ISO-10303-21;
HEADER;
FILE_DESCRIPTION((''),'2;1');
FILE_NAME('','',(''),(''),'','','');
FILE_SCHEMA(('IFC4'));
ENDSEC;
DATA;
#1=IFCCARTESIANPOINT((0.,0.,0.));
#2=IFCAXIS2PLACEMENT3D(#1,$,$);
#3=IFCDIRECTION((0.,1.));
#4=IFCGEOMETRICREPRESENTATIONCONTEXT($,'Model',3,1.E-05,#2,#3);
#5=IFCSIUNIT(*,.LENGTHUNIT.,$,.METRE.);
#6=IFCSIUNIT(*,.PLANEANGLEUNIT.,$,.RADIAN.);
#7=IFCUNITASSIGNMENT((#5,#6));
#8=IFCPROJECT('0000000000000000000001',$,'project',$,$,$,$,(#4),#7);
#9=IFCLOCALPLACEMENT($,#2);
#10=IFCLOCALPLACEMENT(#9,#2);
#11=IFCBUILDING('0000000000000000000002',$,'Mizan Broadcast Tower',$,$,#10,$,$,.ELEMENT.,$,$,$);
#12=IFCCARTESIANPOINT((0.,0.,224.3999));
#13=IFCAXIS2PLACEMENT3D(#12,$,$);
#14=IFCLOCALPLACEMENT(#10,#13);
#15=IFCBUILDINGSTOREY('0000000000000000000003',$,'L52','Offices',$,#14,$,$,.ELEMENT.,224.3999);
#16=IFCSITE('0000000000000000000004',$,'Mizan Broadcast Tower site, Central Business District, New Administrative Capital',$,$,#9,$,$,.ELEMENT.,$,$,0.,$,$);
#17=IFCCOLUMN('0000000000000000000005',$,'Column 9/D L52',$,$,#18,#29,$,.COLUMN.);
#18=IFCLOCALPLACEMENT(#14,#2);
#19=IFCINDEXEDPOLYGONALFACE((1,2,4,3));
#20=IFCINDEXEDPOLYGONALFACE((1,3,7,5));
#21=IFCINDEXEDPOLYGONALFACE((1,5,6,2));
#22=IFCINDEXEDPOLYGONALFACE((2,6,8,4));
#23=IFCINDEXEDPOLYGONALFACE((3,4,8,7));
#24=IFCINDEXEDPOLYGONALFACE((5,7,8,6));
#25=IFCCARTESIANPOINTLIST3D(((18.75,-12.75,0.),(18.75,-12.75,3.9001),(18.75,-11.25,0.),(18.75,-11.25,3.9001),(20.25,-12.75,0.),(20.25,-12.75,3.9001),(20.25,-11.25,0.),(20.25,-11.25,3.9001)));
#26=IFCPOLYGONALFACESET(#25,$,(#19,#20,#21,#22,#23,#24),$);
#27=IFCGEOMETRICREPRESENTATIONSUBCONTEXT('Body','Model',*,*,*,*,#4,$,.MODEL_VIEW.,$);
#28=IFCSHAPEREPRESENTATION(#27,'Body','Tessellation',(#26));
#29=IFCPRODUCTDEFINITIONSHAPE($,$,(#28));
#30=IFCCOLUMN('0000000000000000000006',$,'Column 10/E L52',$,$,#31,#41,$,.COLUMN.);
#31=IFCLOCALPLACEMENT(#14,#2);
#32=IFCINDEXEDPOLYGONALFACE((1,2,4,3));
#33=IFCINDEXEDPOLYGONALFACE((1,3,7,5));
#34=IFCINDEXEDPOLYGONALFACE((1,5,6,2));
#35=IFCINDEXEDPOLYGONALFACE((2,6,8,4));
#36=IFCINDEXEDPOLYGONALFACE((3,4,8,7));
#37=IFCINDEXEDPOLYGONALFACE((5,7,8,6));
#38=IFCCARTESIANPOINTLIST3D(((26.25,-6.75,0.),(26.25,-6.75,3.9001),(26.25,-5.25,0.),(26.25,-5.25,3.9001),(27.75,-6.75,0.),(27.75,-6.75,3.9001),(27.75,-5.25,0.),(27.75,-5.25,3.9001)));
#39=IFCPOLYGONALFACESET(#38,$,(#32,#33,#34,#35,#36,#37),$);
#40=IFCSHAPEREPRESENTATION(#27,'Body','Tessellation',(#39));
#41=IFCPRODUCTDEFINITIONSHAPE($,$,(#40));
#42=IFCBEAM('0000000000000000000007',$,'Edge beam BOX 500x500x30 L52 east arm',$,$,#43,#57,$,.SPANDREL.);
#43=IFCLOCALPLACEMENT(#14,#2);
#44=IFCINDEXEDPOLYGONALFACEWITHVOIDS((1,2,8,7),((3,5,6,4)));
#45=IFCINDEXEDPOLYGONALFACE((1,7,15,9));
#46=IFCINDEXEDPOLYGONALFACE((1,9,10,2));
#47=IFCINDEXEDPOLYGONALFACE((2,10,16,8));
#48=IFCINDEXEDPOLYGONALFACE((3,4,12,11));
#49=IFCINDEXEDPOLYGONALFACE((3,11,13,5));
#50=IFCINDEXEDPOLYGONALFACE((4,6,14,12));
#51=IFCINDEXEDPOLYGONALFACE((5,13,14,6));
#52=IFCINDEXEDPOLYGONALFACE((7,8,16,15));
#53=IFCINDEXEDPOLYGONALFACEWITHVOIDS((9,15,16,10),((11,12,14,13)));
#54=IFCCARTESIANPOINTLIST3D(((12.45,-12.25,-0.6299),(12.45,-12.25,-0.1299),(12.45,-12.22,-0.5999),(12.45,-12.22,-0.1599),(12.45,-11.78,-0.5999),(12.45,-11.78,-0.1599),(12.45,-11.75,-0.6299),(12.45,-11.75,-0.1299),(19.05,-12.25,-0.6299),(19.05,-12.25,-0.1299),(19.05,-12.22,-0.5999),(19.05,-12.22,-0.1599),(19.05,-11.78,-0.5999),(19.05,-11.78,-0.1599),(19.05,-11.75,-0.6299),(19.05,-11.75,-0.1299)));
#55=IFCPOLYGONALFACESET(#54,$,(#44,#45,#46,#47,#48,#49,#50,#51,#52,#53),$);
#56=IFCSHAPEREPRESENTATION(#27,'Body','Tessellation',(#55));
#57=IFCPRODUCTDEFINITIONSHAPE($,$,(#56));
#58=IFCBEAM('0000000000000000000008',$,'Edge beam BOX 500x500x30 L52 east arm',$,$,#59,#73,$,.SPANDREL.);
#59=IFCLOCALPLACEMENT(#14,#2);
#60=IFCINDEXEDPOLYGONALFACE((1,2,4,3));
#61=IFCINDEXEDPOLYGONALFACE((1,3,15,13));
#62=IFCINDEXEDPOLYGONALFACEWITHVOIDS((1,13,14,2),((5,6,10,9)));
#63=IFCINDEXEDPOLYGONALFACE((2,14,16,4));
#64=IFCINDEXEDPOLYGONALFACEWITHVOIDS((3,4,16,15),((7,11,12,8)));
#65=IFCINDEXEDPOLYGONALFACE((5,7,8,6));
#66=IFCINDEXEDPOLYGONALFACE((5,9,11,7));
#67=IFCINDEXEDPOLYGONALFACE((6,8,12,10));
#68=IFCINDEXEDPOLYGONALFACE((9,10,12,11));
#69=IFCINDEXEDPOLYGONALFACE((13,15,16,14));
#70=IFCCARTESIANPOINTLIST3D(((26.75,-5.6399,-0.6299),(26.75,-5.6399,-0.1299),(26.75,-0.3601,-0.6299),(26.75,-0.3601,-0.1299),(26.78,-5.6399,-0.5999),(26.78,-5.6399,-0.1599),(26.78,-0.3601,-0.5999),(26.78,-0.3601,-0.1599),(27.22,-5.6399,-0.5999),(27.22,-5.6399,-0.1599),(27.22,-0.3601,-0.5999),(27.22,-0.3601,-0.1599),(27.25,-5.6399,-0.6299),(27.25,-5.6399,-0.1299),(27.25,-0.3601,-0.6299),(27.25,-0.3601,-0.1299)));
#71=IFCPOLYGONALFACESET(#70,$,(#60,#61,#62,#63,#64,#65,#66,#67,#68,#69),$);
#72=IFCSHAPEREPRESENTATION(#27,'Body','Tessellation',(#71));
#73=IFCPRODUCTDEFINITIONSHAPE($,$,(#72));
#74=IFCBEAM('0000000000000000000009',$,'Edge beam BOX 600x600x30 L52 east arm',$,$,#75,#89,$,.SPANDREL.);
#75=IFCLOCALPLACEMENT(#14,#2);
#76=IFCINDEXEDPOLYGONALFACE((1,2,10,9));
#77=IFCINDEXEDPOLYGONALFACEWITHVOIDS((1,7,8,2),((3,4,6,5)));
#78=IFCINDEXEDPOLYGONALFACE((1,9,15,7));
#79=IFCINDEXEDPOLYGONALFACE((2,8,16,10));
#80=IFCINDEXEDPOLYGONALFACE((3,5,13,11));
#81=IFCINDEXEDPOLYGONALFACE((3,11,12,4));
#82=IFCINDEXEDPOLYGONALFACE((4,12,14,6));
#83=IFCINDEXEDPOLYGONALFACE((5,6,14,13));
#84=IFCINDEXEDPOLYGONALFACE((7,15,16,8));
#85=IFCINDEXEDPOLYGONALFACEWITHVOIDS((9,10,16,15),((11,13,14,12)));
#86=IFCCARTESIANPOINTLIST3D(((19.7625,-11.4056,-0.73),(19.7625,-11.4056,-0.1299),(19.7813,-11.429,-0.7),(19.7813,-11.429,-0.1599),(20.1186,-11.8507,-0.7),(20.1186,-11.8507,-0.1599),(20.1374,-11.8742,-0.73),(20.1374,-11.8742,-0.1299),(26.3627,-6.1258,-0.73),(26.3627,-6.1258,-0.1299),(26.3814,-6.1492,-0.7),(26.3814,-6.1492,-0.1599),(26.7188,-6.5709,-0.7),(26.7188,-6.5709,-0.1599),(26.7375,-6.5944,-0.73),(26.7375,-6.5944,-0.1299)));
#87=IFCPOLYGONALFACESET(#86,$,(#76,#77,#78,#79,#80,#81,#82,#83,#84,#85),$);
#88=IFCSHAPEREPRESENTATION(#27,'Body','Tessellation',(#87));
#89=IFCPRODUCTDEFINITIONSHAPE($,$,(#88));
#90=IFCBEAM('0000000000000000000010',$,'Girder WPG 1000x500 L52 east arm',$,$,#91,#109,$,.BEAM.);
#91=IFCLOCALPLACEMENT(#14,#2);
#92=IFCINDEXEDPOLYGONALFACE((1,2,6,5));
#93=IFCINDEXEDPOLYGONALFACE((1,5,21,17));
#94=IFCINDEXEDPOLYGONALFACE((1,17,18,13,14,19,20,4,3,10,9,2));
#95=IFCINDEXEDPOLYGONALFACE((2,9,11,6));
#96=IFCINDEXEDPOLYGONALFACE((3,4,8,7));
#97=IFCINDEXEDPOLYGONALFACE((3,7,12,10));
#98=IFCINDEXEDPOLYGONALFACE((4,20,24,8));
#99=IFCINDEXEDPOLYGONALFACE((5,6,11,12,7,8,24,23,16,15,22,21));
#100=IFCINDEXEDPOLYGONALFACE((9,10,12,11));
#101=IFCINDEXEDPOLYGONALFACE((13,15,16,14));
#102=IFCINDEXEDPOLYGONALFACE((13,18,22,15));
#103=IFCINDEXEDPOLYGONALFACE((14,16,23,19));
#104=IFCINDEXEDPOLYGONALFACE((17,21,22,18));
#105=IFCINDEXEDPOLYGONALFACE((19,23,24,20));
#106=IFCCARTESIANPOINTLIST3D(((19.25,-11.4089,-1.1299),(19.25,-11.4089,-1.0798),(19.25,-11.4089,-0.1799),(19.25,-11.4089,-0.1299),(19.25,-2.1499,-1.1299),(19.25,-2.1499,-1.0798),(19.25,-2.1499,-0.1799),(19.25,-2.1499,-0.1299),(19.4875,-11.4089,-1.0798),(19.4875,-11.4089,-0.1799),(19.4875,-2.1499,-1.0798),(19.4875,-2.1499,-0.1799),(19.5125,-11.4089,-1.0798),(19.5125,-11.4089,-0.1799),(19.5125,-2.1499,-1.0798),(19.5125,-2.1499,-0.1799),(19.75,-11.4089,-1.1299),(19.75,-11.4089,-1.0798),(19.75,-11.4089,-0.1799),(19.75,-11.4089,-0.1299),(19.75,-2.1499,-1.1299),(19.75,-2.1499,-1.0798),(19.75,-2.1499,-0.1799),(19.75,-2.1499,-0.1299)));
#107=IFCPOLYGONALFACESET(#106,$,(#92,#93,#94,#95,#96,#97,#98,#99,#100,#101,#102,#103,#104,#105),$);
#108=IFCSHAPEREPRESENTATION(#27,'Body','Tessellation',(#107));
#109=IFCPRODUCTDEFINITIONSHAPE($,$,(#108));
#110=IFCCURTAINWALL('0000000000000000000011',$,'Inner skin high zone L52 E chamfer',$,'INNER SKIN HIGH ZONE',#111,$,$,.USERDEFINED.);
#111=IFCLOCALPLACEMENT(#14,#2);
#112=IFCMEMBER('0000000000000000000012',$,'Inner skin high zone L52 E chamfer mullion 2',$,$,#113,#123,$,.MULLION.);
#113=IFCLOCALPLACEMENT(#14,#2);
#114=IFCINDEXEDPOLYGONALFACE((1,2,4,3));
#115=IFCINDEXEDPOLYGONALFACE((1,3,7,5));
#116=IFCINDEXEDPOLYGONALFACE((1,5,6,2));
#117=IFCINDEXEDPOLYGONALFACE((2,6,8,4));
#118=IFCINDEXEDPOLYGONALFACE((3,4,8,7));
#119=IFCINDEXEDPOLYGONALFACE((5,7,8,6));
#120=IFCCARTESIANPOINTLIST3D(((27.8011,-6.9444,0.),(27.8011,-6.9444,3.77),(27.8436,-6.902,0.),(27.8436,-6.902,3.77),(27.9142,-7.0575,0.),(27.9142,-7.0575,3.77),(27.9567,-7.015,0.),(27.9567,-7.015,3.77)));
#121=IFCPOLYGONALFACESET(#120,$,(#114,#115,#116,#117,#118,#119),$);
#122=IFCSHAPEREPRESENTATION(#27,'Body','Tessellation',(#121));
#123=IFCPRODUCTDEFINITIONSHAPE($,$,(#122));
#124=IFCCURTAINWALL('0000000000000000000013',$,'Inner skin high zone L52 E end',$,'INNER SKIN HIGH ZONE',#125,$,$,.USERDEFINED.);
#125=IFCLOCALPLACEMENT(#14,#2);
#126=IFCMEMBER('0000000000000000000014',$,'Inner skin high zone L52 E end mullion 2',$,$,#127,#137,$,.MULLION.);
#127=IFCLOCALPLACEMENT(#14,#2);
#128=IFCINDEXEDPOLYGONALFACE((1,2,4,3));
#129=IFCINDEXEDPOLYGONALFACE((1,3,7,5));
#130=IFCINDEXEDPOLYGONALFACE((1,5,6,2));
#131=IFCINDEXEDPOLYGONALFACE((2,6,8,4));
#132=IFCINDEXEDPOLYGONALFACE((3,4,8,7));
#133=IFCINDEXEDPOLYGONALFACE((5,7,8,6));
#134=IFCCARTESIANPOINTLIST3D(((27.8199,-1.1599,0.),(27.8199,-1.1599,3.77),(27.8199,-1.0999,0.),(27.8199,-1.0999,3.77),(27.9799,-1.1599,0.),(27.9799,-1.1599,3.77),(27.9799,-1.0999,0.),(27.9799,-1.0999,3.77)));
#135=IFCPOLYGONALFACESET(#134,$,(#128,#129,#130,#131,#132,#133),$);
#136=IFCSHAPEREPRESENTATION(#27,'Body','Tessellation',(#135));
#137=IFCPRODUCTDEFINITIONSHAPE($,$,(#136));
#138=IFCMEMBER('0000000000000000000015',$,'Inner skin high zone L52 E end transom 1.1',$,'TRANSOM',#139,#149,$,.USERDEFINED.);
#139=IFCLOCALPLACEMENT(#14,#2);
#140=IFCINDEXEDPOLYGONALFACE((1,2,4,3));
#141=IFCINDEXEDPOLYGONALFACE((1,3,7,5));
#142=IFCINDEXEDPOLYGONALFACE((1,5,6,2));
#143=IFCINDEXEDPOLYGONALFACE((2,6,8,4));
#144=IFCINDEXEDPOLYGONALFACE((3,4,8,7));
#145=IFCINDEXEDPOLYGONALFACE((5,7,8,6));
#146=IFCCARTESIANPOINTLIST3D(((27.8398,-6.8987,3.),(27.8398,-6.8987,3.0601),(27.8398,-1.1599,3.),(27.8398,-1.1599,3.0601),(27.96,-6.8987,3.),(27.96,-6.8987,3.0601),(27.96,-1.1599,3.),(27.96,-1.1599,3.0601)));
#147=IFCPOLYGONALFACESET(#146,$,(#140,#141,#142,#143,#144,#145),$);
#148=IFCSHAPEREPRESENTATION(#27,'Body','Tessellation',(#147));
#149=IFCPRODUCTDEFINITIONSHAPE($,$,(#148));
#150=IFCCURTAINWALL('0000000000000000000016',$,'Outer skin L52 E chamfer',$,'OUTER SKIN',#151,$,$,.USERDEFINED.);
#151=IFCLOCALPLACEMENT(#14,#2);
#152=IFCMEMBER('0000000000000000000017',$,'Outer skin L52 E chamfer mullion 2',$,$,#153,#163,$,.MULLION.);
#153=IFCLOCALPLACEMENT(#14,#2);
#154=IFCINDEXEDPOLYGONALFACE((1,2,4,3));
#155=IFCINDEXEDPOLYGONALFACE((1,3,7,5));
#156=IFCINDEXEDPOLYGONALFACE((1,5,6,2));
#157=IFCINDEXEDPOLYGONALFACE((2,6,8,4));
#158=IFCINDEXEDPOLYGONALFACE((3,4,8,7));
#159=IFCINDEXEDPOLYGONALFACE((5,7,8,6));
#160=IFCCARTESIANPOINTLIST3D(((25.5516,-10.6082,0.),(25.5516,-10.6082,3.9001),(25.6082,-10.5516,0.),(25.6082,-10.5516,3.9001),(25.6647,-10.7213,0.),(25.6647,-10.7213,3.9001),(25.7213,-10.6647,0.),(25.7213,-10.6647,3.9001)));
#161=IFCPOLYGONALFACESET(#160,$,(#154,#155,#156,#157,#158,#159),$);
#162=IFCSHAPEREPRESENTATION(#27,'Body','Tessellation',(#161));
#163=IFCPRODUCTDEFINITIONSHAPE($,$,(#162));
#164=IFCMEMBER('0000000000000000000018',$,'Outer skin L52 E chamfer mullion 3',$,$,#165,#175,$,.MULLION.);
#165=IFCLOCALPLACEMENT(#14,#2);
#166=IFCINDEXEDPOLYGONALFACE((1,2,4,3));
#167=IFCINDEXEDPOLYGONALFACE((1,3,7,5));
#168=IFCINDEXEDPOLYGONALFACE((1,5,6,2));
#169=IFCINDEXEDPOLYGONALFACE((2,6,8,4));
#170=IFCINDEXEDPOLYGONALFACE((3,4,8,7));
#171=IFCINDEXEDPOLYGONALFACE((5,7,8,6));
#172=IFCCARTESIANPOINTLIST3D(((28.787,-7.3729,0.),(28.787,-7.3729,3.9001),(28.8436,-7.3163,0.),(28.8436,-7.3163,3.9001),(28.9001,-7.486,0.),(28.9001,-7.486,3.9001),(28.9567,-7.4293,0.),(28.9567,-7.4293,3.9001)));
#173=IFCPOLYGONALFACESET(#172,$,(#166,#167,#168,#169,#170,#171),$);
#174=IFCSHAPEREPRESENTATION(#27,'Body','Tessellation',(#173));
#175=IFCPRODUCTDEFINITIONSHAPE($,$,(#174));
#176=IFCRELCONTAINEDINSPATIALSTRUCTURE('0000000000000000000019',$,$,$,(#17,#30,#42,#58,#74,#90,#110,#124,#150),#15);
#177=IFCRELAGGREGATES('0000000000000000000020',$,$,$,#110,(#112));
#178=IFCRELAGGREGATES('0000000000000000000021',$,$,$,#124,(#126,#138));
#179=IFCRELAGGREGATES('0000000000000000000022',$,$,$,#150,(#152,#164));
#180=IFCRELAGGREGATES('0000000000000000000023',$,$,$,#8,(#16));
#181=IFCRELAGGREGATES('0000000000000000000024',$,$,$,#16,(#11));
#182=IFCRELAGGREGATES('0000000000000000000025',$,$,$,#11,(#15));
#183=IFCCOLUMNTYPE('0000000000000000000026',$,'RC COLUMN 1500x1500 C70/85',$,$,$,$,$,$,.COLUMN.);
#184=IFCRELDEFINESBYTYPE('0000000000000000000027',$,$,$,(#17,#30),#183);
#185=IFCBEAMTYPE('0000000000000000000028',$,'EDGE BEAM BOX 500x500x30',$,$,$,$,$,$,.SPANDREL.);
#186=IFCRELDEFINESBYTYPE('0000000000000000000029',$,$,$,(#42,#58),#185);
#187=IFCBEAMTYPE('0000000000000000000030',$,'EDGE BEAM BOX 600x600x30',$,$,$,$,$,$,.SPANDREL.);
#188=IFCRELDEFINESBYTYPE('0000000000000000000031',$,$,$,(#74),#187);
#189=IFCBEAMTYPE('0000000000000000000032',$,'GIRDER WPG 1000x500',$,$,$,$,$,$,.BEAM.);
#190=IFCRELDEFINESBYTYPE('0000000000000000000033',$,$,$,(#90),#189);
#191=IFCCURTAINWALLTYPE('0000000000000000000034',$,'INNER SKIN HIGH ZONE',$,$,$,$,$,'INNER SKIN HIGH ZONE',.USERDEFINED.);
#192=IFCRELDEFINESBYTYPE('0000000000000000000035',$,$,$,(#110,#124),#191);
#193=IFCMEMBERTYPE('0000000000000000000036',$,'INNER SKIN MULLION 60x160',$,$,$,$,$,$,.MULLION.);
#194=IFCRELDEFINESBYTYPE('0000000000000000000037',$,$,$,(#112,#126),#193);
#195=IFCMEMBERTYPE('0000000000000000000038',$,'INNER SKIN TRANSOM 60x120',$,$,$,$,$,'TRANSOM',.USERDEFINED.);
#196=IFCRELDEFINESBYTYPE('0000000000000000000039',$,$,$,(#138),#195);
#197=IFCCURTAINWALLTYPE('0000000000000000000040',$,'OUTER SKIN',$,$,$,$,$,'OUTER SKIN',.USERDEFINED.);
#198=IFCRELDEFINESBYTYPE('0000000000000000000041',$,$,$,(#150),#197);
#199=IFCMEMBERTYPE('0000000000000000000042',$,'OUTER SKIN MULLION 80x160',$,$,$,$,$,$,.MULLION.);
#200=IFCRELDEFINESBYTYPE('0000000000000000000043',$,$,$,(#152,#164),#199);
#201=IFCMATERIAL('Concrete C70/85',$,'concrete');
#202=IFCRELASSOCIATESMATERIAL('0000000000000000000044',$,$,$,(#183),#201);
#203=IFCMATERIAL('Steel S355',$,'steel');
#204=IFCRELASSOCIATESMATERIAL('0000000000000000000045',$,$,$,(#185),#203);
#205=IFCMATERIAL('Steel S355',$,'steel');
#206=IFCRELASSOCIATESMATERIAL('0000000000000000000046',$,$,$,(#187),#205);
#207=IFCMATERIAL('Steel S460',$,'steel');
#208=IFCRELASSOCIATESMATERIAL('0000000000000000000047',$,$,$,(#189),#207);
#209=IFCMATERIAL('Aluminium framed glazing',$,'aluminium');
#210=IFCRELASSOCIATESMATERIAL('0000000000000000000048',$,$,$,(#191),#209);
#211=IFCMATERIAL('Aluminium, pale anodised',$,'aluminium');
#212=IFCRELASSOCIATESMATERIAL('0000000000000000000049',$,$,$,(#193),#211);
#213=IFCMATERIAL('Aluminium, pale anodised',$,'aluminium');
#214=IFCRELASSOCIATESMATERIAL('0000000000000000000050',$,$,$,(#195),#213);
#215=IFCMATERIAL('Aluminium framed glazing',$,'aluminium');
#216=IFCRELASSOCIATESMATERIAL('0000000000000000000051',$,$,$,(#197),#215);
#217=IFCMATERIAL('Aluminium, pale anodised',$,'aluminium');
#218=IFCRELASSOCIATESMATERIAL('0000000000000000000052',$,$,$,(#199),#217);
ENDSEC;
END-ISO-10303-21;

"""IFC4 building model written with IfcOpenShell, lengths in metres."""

from ifc_helpers import new_model, si_unit, direction, frame, origin, origin_2d, place, context, subcontext, project, spatial, rectangle, hollow_rectangle, i_section, extrude, material, material_profile, profile_set, type_object, element, aggregate, save


model = new_model("IFC4")

# Units and contexts
model_context = context("Model", 3, precision=1e-05, world=origin(), true_north=direction((0.0, 1.0)))
body_context = subcontext(model_context, "Body", "Model", "MODEL_VIEW")
ifc_project = project(units=[si_unit("LENGTHUNIT", "METRE"), si_unit("PLANEANGLEUNIT", "RADIAN")], contexts=[model_context])

# Site, building, storey
site_placement = place(None, origin())
site = spatial("IfcSite", under=ifc_project, at=site_placement, Name="Mizan Broadcast Tower site, Central Business District, New Administrative Capital", CompositionType="ELEMENT", RefElevation=0.0)
building_placement = place(site_placement, origin())
building = spatial("IfcBuilding", under=site, at=building_placement, Name="Mizan Broadcast Tower", CompositionType="ELEMENT")
storey_placement = place(building_placement, frame((0.0, 0.0, 224.3999)))
storey = spatial("IfcBuildingStorey", under=building, at=storey_placement, Name="L52", Description="Offices", CompositionType="ELEMENT", Elevation=224.3999)

# Columns
ifc_material_1 = material(Name="Concrete C70/85", Category="concrete")
ifc_material_profile_1 = material_profile(ifc_material_1, rectangle(XDim=1.5, YDim=1.5, at=origin_2d()), Name="RC 1500x1500")
ifc_profile_set_1 = profile_set([ifc_material_profile_1], Name="Concrete C70/85")
column_type = type_object("IfcColumnType", Name="RC COLUMN 1500x1500 C70/85", PredefinedType="COLUMN", material=ifc_profile_set_1)
for number, where, z_axis, x_axis, name in (
    (1, (19.5, -12.0, 0.0), (0.0, 0.0, 1.0), (1.0, 0.0, 0.0), "Column 9/D L52"),
    (2, (27.0, -6.0, 0.0), (0.0, 0.0, 1.0), (1.0, 0.0, 0.0), "Column 10/E L52"),
):
    element("IfcColumn", number, at=place(storey_placement, frame(where, z_axis=z_axis, x_axis=x_axis)), inside=storey, type_object=column_type, Name=name, PredefinedType="COLUMN", context=body_context, shape_type="SweptSolid", body=[
        extrude(rectangle(XDim=1.5, YDim=1.5, at=origin_2d()), origin(), (0.0, 0.0, 1.0), 3.9001),
    ])

# Beams
ifc_material_2 = material(Name="Steel S355", Category="steel")
ifc_material_profile_2 = material_profile(ifc_material_2, hollow_rectangle(XDim=0.5, YDim=0.5, WallThickness=0.03, at=origin_2d()), Name="BOX 500x500x30")
ifc_profile_set_2 = profile_set([ifc_material_profile_2], Name="Steel S355")
beam_type_1 = type_object("IfcBeamType", Name="EDGE BEAM BOX 500x500x30", PredefinedType="SPANDREL", material=ifc_profile_set_2)
beam_1_placement = place(storey_placement, frame((12.45, -12.0, -0.3799), z_axis=(1.0, 0.0, 0.0), x_axis=(0.0, 1.0, 0.0)))
element("IfcBeam", 3, at=beam_1_placement, inside=storey, type_object=beam_type_1, Name="Edge beam BOX 500x500x30 L52 east arm", PredefinedType="SPANDREL", context=body_context, shape_type="SweptSolid", body=[
    extrude(hollow_rectangle(XDim=0.5, YDim=0.5, WallThickness=0.03, at=origin_2d()), origin(), (0.0, 0.0, 1.0), 6.6001),
])
beam_2_placement = place(storey_placement, frame((27.0, -5.6399, -0.3799), z_axis=(0.0, 1.0, 0.0), x_axis=(-1.0, 0.0, 0.0)))
element("IfcBeam", 4, at=beam_2_placement, inside=storey, type_object=beam_type_1, Name="Edge beam BOX 500x500x30 L52 east arm", PredefinedType="SPANDREL", context=body_context, shape_type="SweptSolid", body=[
    extrude(hollow_rectangle(XDim=0.5, YDim=0.5, WallThickness=0.03, at=origin_2d()), origin(), (0.0, 0.0, 1.0), 5.2798),
])
ifc_material_3 = material(Name="Steel S355", Category="steel")
ifc_material_profile_3 = material_profile(ifc_material_3, hollow_rectangle(XDim=0.6001, YDim=0.6001, WallThickness=0.03, at=origin_2d()), Name="BOX 600x600x30")
ifc_profile_set_3 = profile_set([ifc_material_profile_3], Name="Steel S355")
beam_type_2 = type_object("IfcBeamType", Name="EDGE BEAM BOX 600x600x30", PredefinedType="SPANDREL", material=ifc_profile_set_3)
beam_3_placement = place(storey_placement, frame((19.95, -11.6399, -0.4299), z_axis=(0.780886, 0.624674, 0.0), x_axis=(-0.624674, 0.780886, 0.0)))
element("IfcBeam", 5, at=beam_3_placement, inside=storey, type_object=beam_type_2, Name="Edge beam BOX 600x600x30 L52 east arm", PredefinedType="SPANDREL", context=body_context, shape_type="SweptSolid", body=[
    extrude(hollow_rectangle(XDim=0.6001, YDim=0.6001, WallThickness=0.03, at=origin_2d()), origin(), (0.0, 0.0, 1.0), 8.4521),
])
ifc_material_4 = material(Name="Steel S460", Category="steel")
ifc_material_profile_4 = material_profile(ifc_material_4, i_section(OverallWidth=0.5, OverallDepth=1.0, WebThickness=0.0249, FlangeThickness=0.05, at=origin_2d()), Name="WPG 1000x500")
ifc_profile_set_4 = profile_set([ifc_material_profile_4], Name="Steel S460")
beam_type_3 = type_object("IfcBeamType", Name="GIRDER WPG 1000x500", PredefinedType="BEAM", material=ifc_profile_set_4)
beam_4_placement = place(storey_placement, frame((19.5, -11.4089, -0.6299), z_axis=(0.0, 1.0, 0.0), x_axis=(-1.0, 0.0, 0.0)))
element("IfcBeam", 6, at=beam_4_placement, inside=storey, type_object=beam_type_3, Name="Girder WPG 1000x500 L52 east arm", PredefinedType="BEAM", context=body_context, shape_type="SweptSolid", body=[
    extrude(i_section(OverallWidth=0.5, OverallDepth=1.0, WebThickness=0.0249, FlangeThickness=0.05, at=origin_2d()), origin(), (0.0, 0.0, 1.0), 9.259),
])

# Curtain wall, member
ifc_material_5 = material(Name="Aluminium framed glazing", Category="aluminium")
curtain_wall_type_1 = type_object("IfcCurtainWallType", Name="INNER SKIN HIGH ZONE", ElementType="INNER SKIN HIGH ZONE", PredefinedType="USERDEFINED", material=ifc_material_5)
curtain_wall_1_placement = place(storey_placement, origin())
curtain_wall_1 = element("IfcCurtainWall", 7, at=curtain_wall_1_placement, inside=storey, type_object=curtain_wall_type_1, Name="Inner skin high zone L52 E chamfer", ObjectType="INNER SKIN HIGH ZONE", PredefinedType="USERDEFINED")
ifc_material_6 = material(Name="Aluminium, pale anodised", Category="aluminium")
ifc_material_profile_5 = material_profile(ifc_material_6, rectangle(XDim=0.1599, YDim=0.0601, at=origin_2d()), Name="MULLION 160x60")
ifc_profile_set_5 = profile_set([ifc_material_profile_5], Name="Aluminium, pale anodised")
member_type_1 = type_object("IfcMemberType", Name="INNER SKIN MULLION 60x160", PredefinedType="MULLION", material=ifc_profile_set_5)
member_1_placement = place(storey_placement, frame((27.8789, -6.9797, 0.0), z_axis=(0.0, 0.0, 1.0), x_axis=(-0.707107, 0.707107, 0.0)))
member_1 = element("IfcMember", 8, at=member_1_placement, type_object=member_type_1, Name="Inner skin high zone L52 E chamfer mullion 2", PredefinedType="MULLION", context=body_context, shape_type="SweptSolid", body=[
    extrude(rectangle(XDim=0.1599, YDim=0.0601, at=origin_2d()), origin(), (0.0, 0.0, 1.0), 3.77),
])

# Curtain walls, members
curtain_wall_2_placement = place(storey_placement, origin())
curtain_wall_2 = element("IfcCurtainWall", 9, at=curtain_wall_2_placement, inside=storey, type_object=curtain_wall_type_1, Name="Inner skin high zone L52 E end", ObjectType="INNER SKIN HIGH ZONE", PredefinedType="USERDEFINED")
member_2_placement = place(storey_placement, frame((27.8999, -1.1299, 0.0), z_axis=(0.0, 0.0, 1.0), x_axis=(-1.0, 0.0, 0.0)))
member_2 = element("IfcMember", 10, at=member_2_placement, type_object=member_type_1, Name="Inner skin high zone L52 E end mullion 2", PredefinedType="MULLION", context=body_context, shape_type="SweptSolid", body=[
    extrude(rectangle(XDim=0.1599, YDim=0.0601, at=origin_2d()), origin(), (0.0, 0.0, 1.0), 3.77),
])
ifc_material_7 = material(Name="Aluminium, pale anodised", Category="aluminium")
ifc_material_profile_6 = material_profile(ifc_material_7, rectangle(XDim=0.1201, YDim=0.0601, at=origin_2d()), Name="TRANSOM 120x60")
ifc_profile_set_6 = profile_set([ifc_material_profile_6], Name="Aluminium, pale anodised")
member_type_2 = type_object("IfcMemberType", Name="INNER SKIN TRANSOM 60x120", ElementType="TRANSOM", PredefinedType="USERDEFINED", material=ifc_profile_set_6)
member_3_placement = place(storey_placement, frame((27.8999, -6.8987, 3.03), z_axis=(0.0, 1.0, 0.0), x_axis=(-1.0, 0.0, 0.0)))
member_3 = element("IfcMember", 11, at=member_3_placement, type_object=member_type_2, Name="Inner skin high zone L52 E end transom 1.1", ObjectType="TRANSOM", PredefinedType="USERDEFINED", context=body_context, shape_type="SweptSolid", body=[
    extrude(rectangle(XDim=0.1201, YDim=0.0601, at=origin_2d()), origin(), (0.0, 0.0, 1.0), 5.7388),
])
ifc_material_8 = material(Name="Aluminium framed glazing", Category="aluminium")
curtain_wall_type_2 = type_object("IfcCurtainWallType", Name="OUTER SKIN", ElementType="OUTER SKIN", PredefinedType="USERDEFINED", material=ifc_material_8)
curtain_wall_3_placement = place(storey_placement, origin())
curtain_wall_3 = element("IfcCurtainWall", 12, at=curtain_wall_3_placement, inside=storey, type_object=curtain_wall_type_2, Name="Outer skin L52 E chamfer", ObjectType="OUTER SKIN", PredefinedType="USERDEFINED")
ifc_material_9 = material(Name="Aluminium, pale anodised", Category="aluminium")
ifc_material_profile_7 = material_profile(ifc_material_9, rectangle(XDim=0.1599, YDim=0.0801, at=origin_2d()), Name="MULLION 160x80")
ifc_profile_set_7 = profile_set([ifc_material_profile_7], Name="Aluminium, pale anodised")
member_type_3 = type_object("IfcMemberType", Name="OUTER SKIN MULLION 80x160", PredefinedType="MULLION", material=ifc_profile_set_7)
member_4_placement = place(storey_placement, frame((25.6365, -10.6365, 0.0), z_axis=(0.0, 0.0, 1.0), x_axis=(-0.707107, 0.707107, 0.0)))
member_4 = element("IfcMember", 13, at=member_4_placement, type_object=member_type_3, Name="Outer skin L52 E chamfer mullion 2", PredefinedType="MULLION", context=body_context, shape_type="SweptSolid", body=[
    extrude(rectangle(XDim=0.1599, YDim=0.0801, at=origin_2d()), origin(), (0.0, 0.0, 1.0), 3.9001),
])
member_5_placement = place(storey_placement, frame((28.8718, -7.4011, 0.0), z_axis=(0.0, 0.0, 1.0), x_axis=(-0.707107, 0.707107, 0.0)))
member_5 = element("IfcMember", 14, at=member_5_placement, type_object=member_type_3, Name="Outer skin L52 E chamfer mullion 3", PredefinedType="MULLION", context=body_context, shape_type="SweptSolid", body=[
    extrude(rectangle(XDim=0.1599, YDim=0.0801, at=origin_2d()), origin(), (0.0, 0.0, 1.0), 3.9001),
])

aggregate(curtain_wall_1, [member_1])
aggregate(curtain_wall_2, [member_2, member_3])
aggregate(curtain_wall_3, [member_4, member_5])

save(model, "model.ifc")
